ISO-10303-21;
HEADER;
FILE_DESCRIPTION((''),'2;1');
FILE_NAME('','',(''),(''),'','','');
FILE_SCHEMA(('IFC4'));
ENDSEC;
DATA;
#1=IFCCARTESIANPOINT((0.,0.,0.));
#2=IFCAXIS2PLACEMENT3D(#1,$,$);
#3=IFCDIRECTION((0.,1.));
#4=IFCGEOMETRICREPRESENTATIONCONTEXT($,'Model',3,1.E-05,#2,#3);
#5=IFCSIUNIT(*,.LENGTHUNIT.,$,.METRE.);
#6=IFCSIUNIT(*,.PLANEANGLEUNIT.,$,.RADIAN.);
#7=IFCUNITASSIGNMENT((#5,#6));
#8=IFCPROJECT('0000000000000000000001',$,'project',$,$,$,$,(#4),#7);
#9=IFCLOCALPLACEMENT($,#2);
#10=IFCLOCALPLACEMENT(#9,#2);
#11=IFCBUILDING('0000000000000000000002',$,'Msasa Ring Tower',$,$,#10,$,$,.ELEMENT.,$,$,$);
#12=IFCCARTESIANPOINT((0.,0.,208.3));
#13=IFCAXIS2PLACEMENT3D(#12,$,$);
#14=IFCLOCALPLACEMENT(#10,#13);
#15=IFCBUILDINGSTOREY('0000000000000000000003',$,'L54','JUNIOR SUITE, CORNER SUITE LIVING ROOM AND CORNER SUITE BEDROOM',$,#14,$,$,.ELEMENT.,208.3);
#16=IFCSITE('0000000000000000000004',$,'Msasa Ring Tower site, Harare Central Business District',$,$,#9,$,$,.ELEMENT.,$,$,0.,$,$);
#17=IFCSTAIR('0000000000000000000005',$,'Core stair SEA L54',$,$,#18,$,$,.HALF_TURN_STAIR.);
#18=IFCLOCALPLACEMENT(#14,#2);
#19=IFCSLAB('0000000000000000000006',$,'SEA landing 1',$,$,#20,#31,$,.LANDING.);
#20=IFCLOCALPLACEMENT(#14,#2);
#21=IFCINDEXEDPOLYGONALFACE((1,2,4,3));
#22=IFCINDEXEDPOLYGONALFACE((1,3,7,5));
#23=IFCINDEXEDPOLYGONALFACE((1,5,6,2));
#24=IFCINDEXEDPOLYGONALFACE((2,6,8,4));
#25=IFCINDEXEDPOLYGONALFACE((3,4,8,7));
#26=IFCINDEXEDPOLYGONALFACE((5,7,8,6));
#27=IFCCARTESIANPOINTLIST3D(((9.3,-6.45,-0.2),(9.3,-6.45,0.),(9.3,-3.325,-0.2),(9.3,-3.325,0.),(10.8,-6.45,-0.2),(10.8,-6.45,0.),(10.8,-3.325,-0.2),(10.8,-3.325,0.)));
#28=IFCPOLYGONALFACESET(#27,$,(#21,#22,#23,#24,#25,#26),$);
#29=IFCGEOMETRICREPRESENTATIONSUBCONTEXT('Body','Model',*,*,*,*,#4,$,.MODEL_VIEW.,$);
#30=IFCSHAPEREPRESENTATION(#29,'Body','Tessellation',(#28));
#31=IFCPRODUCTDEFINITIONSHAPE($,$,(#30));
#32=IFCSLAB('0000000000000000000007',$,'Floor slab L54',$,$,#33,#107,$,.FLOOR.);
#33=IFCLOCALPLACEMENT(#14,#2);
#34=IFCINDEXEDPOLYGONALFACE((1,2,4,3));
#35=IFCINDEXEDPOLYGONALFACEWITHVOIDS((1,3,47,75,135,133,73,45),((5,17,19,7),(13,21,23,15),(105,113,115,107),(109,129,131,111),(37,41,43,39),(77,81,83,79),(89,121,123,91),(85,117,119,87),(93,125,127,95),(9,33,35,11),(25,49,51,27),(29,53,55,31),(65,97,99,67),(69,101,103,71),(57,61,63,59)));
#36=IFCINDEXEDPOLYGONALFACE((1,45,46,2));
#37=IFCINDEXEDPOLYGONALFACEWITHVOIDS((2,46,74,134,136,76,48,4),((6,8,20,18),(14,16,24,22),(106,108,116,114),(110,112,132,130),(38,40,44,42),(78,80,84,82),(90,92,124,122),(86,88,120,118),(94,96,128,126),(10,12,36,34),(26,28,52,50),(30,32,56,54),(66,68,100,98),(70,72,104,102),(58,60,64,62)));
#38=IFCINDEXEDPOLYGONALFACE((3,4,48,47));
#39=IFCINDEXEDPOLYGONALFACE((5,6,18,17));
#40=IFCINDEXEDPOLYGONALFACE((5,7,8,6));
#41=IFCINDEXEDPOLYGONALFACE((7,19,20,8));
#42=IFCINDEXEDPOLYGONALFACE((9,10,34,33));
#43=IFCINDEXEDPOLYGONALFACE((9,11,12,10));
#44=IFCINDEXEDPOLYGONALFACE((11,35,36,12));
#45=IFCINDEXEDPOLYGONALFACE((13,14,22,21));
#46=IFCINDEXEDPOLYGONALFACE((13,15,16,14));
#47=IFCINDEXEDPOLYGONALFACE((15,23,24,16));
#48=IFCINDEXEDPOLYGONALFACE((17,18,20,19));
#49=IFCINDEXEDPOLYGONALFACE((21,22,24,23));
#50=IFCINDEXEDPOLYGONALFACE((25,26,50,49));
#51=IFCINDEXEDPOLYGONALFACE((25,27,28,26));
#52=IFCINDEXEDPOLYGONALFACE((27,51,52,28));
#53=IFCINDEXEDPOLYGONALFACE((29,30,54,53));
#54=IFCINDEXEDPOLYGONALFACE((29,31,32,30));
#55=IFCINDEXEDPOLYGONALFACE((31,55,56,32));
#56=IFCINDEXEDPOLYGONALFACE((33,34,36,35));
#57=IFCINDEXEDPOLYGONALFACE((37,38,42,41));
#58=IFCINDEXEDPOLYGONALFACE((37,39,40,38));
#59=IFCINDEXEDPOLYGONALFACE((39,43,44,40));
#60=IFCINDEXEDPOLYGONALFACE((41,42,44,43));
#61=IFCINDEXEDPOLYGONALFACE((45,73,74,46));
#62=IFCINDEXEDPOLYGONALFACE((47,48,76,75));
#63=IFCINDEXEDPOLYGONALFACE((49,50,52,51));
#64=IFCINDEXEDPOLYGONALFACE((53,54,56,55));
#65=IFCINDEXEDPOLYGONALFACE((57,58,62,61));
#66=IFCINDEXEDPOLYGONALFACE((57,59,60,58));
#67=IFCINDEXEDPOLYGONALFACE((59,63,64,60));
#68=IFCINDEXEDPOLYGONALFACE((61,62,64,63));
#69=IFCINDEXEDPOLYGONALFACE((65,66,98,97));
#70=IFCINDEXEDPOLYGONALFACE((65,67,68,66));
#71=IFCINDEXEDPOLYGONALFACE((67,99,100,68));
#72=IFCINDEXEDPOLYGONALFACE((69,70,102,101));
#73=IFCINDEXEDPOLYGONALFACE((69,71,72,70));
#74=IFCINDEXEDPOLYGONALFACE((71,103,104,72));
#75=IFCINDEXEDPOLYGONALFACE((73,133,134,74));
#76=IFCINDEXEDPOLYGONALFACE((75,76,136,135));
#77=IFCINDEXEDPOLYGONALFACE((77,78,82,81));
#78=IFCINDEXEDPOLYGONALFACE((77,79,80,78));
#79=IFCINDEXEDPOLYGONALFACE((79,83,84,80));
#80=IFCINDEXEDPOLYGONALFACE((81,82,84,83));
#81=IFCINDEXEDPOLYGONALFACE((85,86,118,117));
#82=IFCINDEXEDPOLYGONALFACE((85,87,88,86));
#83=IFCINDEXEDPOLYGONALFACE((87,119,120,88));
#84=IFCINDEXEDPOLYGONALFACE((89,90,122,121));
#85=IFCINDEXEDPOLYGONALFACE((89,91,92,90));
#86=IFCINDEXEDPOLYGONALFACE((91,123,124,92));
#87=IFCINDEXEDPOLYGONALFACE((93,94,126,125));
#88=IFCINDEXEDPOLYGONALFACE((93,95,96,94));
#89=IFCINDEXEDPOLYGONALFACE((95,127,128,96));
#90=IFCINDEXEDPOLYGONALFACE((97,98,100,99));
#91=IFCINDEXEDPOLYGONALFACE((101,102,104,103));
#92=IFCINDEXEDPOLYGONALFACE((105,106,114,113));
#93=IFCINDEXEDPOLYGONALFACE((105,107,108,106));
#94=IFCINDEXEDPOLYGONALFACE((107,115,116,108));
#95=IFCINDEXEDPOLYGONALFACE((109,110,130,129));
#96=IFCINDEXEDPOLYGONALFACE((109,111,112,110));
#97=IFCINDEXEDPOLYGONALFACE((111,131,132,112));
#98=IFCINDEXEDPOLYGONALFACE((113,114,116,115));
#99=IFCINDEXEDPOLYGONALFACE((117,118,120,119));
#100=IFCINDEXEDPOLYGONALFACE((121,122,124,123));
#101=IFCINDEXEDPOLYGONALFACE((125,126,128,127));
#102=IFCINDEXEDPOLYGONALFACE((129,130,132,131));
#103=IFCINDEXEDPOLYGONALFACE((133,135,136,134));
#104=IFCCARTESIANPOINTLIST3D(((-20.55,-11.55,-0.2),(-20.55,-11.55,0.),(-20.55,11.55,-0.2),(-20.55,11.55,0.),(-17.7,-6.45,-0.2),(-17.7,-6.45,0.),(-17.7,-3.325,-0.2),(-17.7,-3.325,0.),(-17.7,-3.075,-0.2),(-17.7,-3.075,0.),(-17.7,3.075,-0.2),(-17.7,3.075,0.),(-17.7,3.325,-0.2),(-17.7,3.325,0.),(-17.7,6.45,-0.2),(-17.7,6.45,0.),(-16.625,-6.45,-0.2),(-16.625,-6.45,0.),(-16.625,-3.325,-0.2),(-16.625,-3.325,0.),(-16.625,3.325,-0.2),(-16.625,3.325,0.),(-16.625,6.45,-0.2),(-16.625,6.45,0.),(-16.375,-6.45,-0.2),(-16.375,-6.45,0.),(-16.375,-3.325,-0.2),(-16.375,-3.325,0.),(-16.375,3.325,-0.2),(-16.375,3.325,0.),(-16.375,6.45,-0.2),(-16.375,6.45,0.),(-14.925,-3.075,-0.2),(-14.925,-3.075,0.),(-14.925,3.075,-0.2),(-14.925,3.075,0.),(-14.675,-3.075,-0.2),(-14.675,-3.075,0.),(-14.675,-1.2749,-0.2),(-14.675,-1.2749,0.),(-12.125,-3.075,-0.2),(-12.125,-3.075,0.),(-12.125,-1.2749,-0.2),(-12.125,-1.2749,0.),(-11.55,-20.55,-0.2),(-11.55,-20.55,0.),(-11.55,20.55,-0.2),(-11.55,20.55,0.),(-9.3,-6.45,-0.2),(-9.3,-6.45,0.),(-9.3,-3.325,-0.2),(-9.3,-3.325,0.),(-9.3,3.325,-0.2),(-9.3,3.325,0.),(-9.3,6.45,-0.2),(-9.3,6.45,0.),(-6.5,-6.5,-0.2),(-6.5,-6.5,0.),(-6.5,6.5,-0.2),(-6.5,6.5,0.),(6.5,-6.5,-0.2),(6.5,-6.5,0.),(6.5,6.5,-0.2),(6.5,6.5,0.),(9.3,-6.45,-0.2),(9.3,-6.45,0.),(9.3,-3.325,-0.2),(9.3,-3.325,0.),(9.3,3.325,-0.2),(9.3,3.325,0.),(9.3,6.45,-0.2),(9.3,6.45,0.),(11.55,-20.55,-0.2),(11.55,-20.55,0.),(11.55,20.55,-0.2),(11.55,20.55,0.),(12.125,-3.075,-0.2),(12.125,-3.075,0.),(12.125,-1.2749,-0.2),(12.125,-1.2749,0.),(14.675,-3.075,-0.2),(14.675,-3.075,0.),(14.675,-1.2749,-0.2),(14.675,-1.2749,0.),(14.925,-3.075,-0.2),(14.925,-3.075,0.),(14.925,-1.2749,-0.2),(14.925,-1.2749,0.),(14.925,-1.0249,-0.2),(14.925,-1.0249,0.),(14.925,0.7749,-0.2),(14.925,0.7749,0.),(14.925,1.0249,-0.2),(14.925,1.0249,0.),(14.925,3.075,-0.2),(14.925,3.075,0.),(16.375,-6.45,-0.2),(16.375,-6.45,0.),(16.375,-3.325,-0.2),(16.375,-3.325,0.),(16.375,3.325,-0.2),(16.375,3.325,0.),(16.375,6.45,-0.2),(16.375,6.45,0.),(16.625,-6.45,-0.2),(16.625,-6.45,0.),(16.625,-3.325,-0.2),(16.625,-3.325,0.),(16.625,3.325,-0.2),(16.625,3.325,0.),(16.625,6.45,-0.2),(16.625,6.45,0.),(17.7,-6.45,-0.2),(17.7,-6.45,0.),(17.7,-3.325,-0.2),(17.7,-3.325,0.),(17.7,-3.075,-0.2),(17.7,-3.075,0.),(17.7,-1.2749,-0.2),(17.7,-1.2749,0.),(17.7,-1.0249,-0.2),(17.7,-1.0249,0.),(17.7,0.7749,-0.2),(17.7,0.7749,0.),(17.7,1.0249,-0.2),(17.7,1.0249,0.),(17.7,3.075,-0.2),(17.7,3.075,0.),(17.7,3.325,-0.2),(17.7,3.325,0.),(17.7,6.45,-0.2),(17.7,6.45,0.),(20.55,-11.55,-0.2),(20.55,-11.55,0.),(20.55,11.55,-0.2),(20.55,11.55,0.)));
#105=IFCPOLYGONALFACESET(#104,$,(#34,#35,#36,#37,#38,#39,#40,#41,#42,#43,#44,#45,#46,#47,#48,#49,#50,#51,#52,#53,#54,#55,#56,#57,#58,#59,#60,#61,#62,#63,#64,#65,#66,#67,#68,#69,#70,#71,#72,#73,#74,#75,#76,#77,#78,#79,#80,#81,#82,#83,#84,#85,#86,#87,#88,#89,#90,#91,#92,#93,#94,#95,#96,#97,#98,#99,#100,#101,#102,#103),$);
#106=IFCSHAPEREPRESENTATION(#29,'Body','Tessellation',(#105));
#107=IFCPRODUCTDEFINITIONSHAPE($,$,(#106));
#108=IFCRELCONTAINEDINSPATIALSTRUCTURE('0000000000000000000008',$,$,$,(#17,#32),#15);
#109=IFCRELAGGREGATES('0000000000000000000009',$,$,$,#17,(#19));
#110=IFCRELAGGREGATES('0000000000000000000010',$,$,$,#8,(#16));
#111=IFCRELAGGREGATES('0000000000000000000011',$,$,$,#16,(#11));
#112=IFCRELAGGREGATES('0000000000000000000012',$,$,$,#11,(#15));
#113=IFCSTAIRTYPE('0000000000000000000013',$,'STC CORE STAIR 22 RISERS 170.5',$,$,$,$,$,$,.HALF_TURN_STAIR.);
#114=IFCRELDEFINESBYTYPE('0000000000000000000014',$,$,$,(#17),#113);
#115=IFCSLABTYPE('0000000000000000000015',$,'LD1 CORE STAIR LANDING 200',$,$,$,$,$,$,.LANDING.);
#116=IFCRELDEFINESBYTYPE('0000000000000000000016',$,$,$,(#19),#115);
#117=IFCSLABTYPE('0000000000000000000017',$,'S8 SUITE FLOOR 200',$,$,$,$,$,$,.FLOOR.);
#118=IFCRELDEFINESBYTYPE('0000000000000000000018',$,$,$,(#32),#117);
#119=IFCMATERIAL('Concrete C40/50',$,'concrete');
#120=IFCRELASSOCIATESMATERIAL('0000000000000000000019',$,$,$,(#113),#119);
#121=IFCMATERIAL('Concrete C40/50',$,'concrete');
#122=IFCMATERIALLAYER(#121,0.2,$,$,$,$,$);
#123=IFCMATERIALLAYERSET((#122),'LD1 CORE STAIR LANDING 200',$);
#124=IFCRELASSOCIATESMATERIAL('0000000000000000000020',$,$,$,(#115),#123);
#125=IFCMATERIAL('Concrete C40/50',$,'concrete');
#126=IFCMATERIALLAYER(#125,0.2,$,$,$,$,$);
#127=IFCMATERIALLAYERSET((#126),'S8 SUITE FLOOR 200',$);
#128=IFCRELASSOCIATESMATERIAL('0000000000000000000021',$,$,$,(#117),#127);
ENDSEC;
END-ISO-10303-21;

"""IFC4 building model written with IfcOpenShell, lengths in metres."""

from ifc_helpers import new_model, si_unit, direction, frame, origin, place, context, subcontext, project, spatial, polyline, outline, extrude, material, layer, layer_set, type_object, element, aggregate, save


model = new_model("IFC4")

# Units and contexts
model_context = context("Model", 3, precision=1e-05, world=origin(), true_north=direction((0.0, 1.0)))
body_context = subcontext(model_context, "Body", "Model", "MODEL_VIEW")
ifc_project = project(units=[si_unit("LENGTHUNIT", "METRE"), si_unit("PLANEANGLEUNIT", "RADIAN")], contexts=[model_context])

# Site, building, storey
site_placement = place(None, origin())
site = spatial("IfcSite", under=ifc_project, at=site_placement, Name="Msasa Ring Tower site, Harare Central Business District", CompositionType="ELEMENT", RefElevation=0.0)
building_placement = place(site_placement, origin())
building = spatial("IfcBuilding", under=site, at=building_placement, Name="Msasa Ring Tower", CompositionType="ELEMENT")
storey_placement = place(building_placement, frame((0.0, 0.0, 208.3)))
storey = spatial("IfcBuildingStorey", under=building, at=storey_placement, Name="L54", Description="JUNIOR SUITE, CORNER SUITE LIVING ROOM AND CORNER SUITE BEDROOM", CompositionType="ELEMENT", Elevation=208.3)

# Stair, slab
ifc_material_1 = material(Name="Concrete C40/50", Category="concrete")
stair_type = type_object("IfcStairType", Name="STC CORE STAIR 22 RISERS 170.5", PredefinedType="HALF_TURN_STAIR", material=ifc_material_1)
stair_placement = place(storey_placement, origin())
stair = element("IfcStair", 1, at=stair_placement, inside=storey, type_object=stair_type, Name="Core stair SEA L54", PredefinedType="HALF_TURN_STAIR")
ifc_material_2 = material(Name="Concrete C40/50", Category="concrete")
ifc_layer_1 = layer(ifc_material_2, 0.2)
ifc_layer_set_1 = layer_set([ifc_layer_1], Name="LD1 CORE STAIR LANDING 200")
slab_type_1 = type_object("IfcSlabType", Name="LD1 CORE STAIR LANDING 200", PredefinedType="LANDING", material=ifc_layer_set_1)
slab_1_placement = place(storey_placement, frame((0.0, 0.0, -0.2)))
slab_1 = element("IfcSlab", 2, at=slab_1_placement, type_object=slab_type_1, Name="SEA landing 1", PredefinedType="LANDING", context=body_context, shape_type="SweptSolid", body=[
    extrude(outline(polyline([(9.3, -6.45), (10.8, -6.45), (10.8, -3.325), (9.3, -3.325), (9.3, -6.45)])), origin(), (0.0, 0.0, 1.0), 0.2),
])
aggregate(stair, [slab_1])

# Slab
ifc_material_3 = material(Name="Concrete C40/50", Category="concrete")
ifc_layer_2 = layer(ifc_material_3, 0.2)
ifc_layer_set_2 = layer_set([ifc_layer_2], Name="S8 SUITE FLOOR 200")
slab_type_2 = type_object("IfcSlabType", Name="S8 SUITE FLOOR 200", PredefinedType="FLOOR", material=ifc_layer_set_2)
slab_2_placement = place(storey_placement, frame((0.0, 0.0, -0.2)))
element("IfcSlab", 3, at=slab_2_placement, inside=storey, type_object=slab_type_2, Name="Floor slab L54", PredefinedType="FLOOR", context=body_context, shape_type="SweptSolid", body=[
    extrude(outline(polyline([(-11.55, -20.55), (11.55, -20.55), (20.55, -11.55), (20.55, 11.55), (11.55, 20.55), (-11.55, 20.55), (-20.55, 11.55), (-20.55, -11.55), (-11.55, -20.55)]), holes=[polyline([(-6.5, -6.5), (6.5, -6.5), (6.5, 6.5), (-6.5, 6.5), (-6.5, -6.5)]), polyline([(9.3, -6.45), (16.375, -6.45), (16.375, -3.325), (9.3, -3.325), (9.3, -6.45)]), polyline([(9.3, 3.325), (16.375, 3.325), (16.375, 6.45), (9.3, 6.45), (9.3, 3.325)]), polyline([(12.125, -3.075), (14.675, -3.075), (14.675, -1.2749), (12.125, -1.2749), (12.125, -3.075)]), polyline([(16.625, -6.45), (17.7, -6.45), (17.7, -3.325), (16.625, -3.325), (16.625, -6.45)]), polyline([(16.625, 3.325), (17.7, 3.325), (17.7, 6.45), (16.625, 6.45), (16.625, 3.325)]), polyline([(14.925, -3.075), (17.7, -3.075), (17.7, -1.2749), (14.925, -1.2749), (14.925, -3.075)]), polyline([(14.925, -1.0249), (17.7, -1.0249), (17.7, 0.7749), (14.925, 0.7749), (14.925, -1.0249)]), polyline([(14.925, 1.0249), (17.7, 1.0249), (17.7, 3.075), (14.925, 3.075), (14.925, 1.0249)]), polyline([(-16.375, -6.45), (-9.3, -6.45), (-9.3, -3.325), (-16.375, -3.325), (-16.375, -6.45)]), polyline([(-16.375, 3.325), (-9.3, 3.325), (-9.3, 6.45), (-16.375, 6.45), (-16.375, 3.325)]), polyline([(-14.675, -3.075), (-12.125, -3.075), (-12.125, -1.2749), (-14.675, -1.2749), (-14.675, -3.075)]), polyline([(-17.7, -6.45), (-16.625, -6.45), (-16.625, -3.325), (-17.7, -3.325), (-17.7, -6.45)]), polyline([(-17.7, 3.325), (-16.625, 3.325), (-16.625, 6.45), (-17.7, 6.45), (-17.7, 3.325)]), polyline([(-17.7, -3.075), (-14.925, -3.075), (-14.925, 3.075), (-17.7, 3.075), (-17.7, -3.075)])]), origin(), (0.0, 0.0, 1.0), 0.2),
])

save(model, "model.ifc")
